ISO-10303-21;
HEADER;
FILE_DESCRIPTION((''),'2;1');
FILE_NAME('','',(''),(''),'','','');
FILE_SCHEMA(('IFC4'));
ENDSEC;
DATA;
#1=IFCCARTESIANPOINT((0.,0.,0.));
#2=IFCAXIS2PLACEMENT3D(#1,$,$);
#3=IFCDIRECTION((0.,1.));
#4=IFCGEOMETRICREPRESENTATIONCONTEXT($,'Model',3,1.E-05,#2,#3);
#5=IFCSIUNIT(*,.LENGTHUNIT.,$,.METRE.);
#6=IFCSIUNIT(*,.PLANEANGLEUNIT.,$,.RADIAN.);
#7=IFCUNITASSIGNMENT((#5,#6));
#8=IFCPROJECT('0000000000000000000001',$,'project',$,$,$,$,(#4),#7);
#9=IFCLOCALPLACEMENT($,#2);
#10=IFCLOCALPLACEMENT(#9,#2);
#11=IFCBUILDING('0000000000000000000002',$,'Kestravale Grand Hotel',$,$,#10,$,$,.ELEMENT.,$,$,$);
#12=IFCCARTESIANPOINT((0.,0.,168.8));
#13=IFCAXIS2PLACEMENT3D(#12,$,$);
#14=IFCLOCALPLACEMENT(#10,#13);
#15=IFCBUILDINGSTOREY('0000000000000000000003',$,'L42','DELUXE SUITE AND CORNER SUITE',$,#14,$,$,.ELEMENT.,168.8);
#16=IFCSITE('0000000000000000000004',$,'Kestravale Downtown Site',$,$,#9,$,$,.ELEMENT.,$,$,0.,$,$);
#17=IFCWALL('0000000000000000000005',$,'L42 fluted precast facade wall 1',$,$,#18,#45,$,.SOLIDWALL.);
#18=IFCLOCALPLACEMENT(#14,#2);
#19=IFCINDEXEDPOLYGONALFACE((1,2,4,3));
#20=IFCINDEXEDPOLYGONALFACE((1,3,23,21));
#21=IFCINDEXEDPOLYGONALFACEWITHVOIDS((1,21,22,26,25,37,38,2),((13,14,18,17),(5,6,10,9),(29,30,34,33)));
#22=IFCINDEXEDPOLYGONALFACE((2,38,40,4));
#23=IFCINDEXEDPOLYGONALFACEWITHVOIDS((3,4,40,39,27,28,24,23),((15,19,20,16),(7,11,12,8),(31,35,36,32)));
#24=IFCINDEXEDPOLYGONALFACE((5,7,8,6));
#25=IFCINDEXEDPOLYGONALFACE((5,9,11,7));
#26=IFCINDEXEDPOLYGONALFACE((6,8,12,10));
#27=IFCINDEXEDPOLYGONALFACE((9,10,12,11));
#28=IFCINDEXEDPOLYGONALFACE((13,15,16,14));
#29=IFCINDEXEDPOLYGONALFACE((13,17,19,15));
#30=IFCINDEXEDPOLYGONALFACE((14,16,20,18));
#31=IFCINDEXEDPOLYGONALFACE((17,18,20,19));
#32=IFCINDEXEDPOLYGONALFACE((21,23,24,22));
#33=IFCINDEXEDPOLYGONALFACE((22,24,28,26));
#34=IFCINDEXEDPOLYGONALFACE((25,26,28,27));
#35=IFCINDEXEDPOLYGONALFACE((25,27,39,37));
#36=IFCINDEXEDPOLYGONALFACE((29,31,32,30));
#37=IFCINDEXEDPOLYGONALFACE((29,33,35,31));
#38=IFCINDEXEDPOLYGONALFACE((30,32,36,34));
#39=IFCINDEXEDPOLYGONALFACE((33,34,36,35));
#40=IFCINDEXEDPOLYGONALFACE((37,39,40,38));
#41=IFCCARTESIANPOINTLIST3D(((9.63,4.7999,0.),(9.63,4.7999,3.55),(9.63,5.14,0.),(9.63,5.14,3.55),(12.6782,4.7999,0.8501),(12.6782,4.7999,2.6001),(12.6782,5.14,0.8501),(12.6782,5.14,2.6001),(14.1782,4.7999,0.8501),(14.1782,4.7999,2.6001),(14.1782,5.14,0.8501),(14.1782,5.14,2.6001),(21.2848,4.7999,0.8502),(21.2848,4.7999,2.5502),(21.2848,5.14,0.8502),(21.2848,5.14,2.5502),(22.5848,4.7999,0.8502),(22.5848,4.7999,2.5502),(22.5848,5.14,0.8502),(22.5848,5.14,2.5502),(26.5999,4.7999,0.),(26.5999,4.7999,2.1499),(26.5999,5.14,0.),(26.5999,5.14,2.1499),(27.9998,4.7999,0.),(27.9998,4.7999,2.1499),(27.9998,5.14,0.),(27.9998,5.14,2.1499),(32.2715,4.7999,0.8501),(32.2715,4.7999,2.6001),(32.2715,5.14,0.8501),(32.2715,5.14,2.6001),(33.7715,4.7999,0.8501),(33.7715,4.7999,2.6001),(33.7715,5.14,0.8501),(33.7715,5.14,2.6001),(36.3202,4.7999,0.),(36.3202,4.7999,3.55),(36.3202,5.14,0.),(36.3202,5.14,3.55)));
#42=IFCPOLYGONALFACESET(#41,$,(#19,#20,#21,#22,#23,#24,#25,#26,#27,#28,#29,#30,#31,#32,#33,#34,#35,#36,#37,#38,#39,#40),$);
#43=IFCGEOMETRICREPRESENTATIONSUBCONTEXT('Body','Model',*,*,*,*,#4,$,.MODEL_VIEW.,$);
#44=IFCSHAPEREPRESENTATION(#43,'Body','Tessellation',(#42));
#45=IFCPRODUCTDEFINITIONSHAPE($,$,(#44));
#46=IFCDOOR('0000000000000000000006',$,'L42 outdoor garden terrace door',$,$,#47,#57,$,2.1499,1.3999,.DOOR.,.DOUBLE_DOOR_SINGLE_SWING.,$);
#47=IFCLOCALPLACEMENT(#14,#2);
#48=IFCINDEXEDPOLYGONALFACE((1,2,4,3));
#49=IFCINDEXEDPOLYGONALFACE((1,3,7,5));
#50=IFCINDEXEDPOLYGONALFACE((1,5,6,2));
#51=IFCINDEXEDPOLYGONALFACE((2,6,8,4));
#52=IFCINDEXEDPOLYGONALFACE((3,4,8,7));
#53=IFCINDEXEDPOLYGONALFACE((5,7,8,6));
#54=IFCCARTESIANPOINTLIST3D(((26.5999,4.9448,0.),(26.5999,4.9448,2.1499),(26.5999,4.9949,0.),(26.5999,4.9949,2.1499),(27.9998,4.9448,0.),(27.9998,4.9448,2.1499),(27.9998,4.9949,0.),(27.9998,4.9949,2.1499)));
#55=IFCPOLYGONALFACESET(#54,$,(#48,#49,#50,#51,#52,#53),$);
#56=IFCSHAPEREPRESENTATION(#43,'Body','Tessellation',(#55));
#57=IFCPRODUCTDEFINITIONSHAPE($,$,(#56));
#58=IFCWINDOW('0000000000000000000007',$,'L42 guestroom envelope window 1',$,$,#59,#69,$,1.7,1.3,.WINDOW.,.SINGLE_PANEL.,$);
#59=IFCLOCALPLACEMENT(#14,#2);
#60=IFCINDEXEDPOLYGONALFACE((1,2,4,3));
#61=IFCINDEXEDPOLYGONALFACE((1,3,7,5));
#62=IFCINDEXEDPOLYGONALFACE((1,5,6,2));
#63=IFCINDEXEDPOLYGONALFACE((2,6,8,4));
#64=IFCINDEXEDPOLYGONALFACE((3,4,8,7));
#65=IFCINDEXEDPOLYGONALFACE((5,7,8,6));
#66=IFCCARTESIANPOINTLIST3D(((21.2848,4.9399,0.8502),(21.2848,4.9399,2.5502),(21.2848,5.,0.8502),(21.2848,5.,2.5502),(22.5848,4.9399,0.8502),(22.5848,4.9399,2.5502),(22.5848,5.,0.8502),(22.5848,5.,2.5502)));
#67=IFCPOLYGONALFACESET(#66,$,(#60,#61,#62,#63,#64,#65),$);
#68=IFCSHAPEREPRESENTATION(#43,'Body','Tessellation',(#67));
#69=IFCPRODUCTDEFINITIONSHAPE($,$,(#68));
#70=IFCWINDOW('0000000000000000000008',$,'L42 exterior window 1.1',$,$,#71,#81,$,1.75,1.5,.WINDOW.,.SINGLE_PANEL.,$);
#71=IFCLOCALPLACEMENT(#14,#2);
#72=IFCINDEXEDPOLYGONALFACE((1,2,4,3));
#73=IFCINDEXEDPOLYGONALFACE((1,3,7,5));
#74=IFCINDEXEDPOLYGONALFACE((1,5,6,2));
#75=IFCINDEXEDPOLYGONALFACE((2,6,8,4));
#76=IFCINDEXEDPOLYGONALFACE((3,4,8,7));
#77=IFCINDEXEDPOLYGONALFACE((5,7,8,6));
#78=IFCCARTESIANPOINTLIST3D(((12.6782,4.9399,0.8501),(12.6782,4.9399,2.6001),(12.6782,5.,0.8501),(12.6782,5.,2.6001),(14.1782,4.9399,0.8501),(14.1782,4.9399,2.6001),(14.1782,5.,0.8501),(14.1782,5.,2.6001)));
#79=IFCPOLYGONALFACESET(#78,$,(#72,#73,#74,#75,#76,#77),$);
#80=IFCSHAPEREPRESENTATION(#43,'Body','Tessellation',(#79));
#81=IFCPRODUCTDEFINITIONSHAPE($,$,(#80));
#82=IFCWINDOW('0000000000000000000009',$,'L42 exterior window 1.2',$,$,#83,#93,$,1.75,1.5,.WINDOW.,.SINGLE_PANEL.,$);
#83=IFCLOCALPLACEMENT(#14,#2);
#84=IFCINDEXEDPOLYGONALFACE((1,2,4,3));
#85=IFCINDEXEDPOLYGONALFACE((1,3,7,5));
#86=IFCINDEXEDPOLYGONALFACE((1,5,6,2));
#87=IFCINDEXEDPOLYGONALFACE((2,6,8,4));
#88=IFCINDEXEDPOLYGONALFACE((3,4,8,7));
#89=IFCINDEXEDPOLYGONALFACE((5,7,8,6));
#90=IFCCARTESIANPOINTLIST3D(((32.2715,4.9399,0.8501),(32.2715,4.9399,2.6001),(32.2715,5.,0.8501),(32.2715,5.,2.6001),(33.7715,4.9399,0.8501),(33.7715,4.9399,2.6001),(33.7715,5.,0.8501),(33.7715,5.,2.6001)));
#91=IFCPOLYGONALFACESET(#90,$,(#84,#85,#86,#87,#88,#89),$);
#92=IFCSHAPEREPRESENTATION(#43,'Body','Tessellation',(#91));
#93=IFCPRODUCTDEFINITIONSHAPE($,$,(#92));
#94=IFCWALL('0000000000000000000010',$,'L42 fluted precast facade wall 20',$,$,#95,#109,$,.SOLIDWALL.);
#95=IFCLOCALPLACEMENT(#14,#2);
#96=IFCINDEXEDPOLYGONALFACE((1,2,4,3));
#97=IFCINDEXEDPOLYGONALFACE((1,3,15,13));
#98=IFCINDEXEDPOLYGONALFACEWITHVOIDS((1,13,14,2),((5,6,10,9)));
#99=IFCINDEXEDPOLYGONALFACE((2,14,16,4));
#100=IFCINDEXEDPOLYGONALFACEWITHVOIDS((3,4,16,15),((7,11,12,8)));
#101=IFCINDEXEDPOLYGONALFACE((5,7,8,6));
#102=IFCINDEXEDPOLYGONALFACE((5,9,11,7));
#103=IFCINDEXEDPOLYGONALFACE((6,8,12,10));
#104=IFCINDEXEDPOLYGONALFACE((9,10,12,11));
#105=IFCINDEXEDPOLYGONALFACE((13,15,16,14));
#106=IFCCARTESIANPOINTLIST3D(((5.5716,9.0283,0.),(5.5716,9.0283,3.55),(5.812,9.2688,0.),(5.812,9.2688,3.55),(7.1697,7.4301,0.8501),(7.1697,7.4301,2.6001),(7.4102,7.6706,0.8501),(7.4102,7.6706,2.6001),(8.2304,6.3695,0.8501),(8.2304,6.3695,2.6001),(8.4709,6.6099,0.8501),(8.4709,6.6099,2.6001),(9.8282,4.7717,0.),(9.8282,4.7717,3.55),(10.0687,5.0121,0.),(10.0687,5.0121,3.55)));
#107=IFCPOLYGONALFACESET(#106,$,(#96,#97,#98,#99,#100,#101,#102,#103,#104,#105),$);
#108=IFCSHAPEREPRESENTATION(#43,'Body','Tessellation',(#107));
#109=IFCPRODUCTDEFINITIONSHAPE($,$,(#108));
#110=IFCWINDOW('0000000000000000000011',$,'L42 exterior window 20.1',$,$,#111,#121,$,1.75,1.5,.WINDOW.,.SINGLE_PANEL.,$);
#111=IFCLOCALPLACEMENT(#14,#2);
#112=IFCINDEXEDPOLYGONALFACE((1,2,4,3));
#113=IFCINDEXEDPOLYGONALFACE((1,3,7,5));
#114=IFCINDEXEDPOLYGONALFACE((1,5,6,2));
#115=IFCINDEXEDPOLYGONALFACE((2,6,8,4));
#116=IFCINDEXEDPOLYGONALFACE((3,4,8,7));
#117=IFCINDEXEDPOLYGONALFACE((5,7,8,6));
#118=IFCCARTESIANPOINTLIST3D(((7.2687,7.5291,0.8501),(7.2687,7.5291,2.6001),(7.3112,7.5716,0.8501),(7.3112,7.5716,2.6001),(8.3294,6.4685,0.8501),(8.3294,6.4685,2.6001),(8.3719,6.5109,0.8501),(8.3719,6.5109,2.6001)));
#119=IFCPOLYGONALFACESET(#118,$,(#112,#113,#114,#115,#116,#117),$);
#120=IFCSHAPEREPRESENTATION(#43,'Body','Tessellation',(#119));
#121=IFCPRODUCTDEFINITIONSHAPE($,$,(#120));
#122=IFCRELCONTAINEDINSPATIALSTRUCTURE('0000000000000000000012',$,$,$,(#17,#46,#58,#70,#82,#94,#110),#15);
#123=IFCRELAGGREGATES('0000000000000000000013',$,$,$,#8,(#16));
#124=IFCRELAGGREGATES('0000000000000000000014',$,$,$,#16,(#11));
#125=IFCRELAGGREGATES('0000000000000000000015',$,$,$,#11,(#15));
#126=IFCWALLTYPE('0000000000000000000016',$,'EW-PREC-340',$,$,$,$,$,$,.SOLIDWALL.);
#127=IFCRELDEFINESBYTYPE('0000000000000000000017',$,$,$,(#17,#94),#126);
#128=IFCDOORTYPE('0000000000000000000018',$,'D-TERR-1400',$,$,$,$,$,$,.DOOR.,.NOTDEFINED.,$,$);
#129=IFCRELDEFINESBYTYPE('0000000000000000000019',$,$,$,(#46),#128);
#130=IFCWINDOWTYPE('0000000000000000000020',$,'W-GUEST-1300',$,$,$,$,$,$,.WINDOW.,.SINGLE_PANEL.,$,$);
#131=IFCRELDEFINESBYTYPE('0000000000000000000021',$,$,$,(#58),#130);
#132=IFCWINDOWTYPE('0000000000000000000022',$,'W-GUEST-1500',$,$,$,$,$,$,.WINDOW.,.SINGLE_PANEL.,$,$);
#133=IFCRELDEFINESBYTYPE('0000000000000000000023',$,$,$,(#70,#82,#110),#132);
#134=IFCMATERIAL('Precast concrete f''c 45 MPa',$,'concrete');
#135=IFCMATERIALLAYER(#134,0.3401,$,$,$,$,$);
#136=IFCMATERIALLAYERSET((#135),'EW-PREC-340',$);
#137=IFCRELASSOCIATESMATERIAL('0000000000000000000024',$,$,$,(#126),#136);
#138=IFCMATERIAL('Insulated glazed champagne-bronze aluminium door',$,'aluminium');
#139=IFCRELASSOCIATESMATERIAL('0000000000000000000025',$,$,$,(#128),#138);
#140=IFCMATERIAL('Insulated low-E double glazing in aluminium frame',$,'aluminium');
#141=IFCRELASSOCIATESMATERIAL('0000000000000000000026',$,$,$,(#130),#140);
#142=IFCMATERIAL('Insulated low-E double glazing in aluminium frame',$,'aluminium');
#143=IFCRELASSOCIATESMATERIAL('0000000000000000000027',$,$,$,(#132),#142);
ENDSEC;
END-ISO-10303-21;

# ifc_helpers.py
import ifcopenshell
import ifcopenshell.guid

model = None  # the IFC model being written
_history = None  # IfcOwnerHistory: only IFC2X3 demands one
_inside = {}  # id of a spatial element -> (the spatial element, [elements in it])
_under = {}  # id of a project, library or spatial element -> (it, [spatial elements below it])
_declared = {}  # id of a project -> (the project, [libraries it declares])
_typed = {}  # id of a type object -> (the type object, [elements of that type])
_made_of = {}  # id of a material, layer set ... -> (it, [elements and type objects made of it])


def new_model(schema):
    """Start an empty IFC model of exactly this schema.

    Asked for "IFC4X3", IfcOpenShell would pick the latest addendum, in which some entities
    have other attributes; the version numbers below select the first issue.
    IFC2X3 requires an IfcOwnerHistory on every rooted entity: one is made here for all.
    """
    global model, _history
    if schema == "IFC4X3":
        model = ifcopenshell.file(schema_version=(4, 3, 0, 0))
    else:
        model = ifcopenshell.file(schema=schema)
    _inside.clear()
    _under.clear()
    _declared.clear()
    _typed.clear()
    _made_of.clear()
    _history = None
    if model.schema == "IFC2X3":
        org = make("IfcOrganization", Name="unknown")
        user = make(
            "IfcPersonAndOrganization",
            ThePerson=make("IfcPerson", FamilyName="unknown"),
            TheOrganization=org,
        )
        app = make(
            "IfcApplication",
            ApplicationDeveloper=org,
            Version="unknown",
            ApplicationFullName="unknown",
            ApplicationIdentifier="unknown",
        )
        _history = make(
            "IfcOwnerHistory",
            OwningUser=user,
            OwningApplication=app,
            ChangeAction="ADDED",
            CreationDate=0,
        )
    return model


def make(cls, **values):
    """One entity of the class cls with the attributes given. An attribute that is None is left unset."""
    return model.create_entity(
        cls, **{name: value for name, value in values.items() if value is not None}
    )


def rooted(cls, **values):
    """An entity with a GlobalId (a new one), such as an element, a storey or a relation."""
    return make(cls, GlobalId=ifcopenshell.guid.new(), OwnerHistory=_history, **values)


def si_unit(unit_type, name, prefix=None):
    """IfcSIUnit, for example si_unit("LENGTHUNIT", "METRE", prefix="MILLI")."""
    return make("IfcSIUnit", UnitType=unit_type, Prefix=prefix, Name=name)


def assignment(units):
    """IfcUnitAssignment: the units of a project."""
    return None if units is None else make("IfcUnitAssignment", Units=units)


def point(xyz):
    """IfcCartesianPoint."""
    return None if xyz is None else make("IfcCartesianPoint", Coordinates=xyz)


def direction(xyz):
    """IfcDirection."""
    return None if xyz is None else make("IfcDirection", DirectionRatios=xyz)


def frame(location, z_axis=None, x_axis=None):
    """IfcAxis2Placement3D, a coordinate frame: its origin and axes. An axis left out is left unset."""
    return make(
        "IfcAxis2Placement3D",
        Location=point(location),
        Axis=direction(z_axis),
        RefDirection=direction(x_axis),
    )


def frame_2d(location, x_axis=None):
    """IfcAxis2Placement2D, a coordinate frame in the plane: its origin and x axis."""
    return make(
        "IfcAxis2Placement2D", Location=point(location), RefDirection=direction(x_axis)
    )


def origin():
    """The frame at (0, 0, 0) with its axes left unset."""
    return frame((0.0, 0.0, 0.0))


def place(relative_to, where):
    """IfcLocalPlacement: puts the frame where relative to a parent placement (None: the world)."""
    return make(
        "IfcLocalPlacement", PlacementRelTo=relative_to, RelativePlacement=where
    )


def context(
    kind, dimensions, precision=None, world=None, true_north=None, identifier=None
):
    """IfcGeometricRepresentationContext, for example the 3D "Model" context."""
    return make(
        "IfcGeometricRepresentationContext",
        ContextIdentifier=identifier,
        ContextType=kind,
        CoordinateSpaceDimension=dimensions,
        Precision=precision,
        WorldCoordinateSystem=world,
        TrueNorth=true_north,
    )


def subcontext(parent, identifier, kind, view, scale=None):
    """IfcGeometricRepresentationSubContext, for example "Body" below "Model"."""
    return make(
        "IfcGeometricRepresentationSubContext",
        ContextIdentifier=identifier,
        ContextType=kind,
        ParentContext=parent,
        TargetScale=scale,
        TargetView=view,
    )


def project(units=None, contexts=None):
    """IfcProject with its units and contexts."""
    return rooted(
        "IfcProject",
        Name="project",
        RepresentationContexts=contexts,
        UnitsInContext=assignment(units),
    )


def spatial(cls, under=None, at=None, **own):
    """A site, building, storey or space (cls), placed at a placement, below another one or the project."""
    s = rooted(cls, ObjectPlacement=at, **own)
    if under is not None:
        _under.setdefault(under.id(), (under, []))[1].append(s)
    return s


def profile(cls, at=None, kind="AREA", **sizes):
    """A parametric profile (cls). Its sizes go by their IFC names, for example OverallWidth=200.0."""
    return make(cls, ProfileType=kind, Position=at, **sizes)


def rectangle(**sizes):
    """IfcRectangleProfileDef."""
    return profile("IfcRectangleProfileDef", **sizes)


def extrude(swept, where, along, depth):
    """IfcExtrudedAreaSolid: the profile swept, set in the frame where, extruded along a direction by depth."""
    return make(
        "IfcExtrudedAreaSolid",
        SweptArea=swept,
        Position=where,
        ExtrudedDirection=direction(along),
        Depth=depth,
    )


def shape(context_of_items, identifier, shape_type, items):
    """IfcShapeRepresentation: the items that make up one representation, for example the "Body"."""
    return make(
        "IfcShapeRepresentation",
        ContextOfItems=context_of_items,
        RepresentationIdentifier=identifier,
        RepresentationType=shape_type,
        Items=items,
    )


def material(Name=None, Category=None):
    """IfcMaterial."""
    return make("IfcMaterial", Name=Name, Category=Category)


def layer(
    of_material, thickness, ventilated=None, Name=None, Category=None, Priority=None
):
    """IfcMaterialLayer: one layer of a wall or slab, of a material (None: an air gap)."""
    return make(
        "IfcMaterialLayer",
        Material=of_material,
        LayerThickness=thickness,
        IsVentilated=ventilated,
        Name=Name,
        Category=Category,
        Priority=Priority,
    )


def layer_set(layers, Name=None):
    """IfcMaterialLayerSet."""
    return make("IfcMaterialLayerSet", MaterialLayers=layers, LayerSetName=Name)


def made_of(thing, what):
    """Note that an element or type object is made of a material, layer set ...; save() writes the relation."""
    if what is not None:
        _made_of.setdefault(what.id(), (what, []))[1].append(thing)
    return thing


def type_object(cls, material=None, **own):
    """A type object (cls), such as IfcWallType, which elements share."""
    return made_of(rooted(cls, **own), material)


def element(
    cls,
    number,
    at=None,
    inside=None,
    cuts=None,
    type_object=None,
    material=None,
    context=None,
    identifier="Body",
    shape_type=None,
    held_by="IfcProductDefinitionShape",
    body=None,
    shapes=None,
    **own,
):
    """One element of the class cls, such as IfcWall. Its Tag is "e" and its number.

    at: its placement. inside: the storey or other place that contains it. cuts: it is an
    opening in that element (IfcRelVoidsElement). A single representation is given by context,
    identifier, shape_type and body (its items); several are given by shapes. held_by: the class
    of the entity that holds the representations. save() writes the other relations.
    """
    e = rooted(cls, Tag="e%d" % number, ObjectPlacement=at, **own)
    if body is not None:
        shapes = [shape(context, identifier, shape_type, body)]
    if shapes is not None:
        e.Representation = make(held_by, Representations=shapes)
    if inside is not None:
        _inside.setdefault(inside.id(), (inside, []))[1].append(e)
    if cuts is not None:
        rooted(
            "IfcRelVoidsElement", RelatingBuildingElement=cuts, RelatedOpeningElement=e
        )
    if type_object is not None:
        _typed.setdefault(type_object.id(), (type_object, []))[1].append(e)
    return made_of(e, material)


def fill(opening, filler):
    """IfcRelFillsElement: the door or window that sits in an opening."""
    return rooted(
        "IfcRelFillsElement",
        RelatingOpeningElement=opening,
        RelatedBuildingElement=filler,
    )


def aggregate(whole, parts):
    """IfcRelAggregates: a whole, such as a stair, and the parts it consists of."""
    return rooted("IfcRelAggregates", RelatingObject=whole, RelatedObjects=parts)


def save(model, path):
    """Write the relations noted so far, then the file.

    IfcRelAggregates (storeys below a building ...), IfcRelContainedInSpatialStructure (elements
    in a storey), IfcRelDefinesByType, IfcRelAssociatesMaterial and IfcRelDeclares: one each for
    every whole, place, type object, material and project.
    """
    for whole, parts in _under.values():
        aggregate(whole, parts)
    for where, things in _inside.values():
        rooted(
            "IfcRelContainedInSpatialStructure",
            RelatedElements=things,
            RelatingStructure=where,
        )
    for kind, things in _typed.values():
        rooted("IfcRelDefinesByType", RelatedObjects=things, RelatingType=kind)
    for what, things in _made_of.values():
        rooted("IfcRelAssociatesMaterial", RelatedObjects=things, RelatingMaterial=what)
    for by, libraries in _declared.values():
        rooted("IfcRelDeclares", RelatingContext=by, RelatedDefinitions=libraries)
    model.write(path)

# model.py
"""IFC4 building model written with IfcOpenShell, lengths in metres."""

from ifc_helpers import new_model, si_unit, direction, frame, frame_2d, origin, place, context, subcontext, project, spatial, rectangle, extrude, material, layer, layer_set, type_object, element, fill, save


model = new_model("IFC4")

# Units and contexts
model_context = context("Model", 3, precision=1e-05, world=origin(), true_north=direction((0.0, 1.0)))
body_context = subcontext(model_context, "Body", "Model", "MODEL_VIEW")
ifc_project = project(units=[si_unit("LENGTHUNIT", "METRE"), si_unit("PLANEANGLEUNIT", "RADIAN")], contexts=[model_context])

# Site, building, storey
site_placement = place(None, origin())
site = spatial("IfcSite", under=ifc_project, at=site_placement, Name="Kestravale Downtown Site", CompositionType="ELEMENT", RefElevation=0.0)
building_placement = place(site_placement, origin())
building = spatial("IfcBuilding", under=site, at=building_placement, Name="Kestravale Grand Hotel", CompositionType="ELEMENT")
storey_placement = place(building_placement, frame((0.0, 0.0, 168.8)))
storey = spatial("IfcBuildingStorey", under=building, at=storey_placement, Name="L42", Description="DELUXE SUITE AND CORNER SUITE", CompositionType="ELEMENT", Elevation=168.8)

# Wall, openings, door, windows
ifc_material_1 = material(Name="Precast concrete f'c 45 MPa", Category="concrete")
ifc_layer_1 = layer(ifc_material_1, 0.3401)
ifc_layer_set_1 = layer_set([ifc_layer_1], Name="EW-PREC-340")
wall_type_1 = type_object("IfcWallType", Name="EW-PREC-340", PredefinedType="SOLIDWALL", material=ifc_layer_set_1)
wall_1_placement = place(storey_placement, frame((9.6299, 4.97, 0.0), z_axis=(0.0, 0.0, 1.0), x_axis=(1.0, 0.0, 0.0)))
wall_1 = element("IfcWall", 1, at=wall_1_placement, inside=storey, type_object=wall_type_1, Name="L42 fluted precast facade wall 1", PredefinedType="SOLIDWALL", context=body_context, shape_type="SweptSolid", body=[
    extrude(rectangle(XDim=26.6902, YDim=0.3401, at=frame_2d((13.3452, 0.0))), origin(), (0.0, 0.0, 1.0), 3.55),
])
opening_1_placement = place(wall_1_placement, frame((16.97, 0.0, 0.0)))
opening_1 = element("IfcOpeningElement", 2, at=opening_1_placement, cuts=wall_1, PredefinedType="OPENING", context=body_context, shape_type="SweptSolid", body=[
    extrude(rectangle(XDim=1.3999, YDim=2.1499, at=frame_2d((0.7, 1.075))), frame((0.0, 0.1799, 0.0), z_axis=(0.0, -1.0, 0.0), x_axis=(1.0, 0.0, 0.0)), (0.0, 0.0, 1.0), 0.3601),
])
opening_2_placement = place(wall_1_placement, frame((3.0483, 0.0, 0.8501)))
opening_2 = element("IfcOpeningElement", 3, at=opening_2_placement, cuts=wall_1, PredefinedType="OPENING", context=body_context, shape_type="SweptSolid", body=[
    extrude(rectangle(XDim=1.5, YDim=1.75, at=frame_2d((0.75, 0.875))), frame((0.0, 0.1799, 0.0), z_axis=(0.0, -1.0, 0.0), x_axis=(1.0, 0.0, 0.0)), (0.0, 0.0, 1.0), 0.3601),
])
opening_3_placement = place(wall_1_placement, frame((22.6416, 0.0, 0.8501)))
opening_3 = element("IfcOpeningElement", 4, at=opening_3_placement, cuts=wall_1, PredefinedType="OPENING", context=body_context, shape_type="SweptSolid", body=[
    extrude(rectangle(XDim=1.5, YDim=1.75, at=frame_2d((0.75, 0.875))), frame((0.0, 0.1799, 0.0), z_axis=(0.0, -1.0, 0.0), x_axis=(1.0, 0.0, 0.0)), (0.0, 0.0, 1.0), 0.3601),
])
opening_4_placement = place(wall_1_placement, frame((11.655, 0.0, 0.8501)))
opening_4 = element("IfcOpeningElement", 5, at=opening_4_placement, cuts=wall_1, PredefinedType="OPENING", context=body_context, shape_type="SweptSolid", body=[
    extrude(rectangle(XDim=1.3, YDim=1.7, at=frame_2d((0.6499, 0.8501))), frame((0.0, 0.1799, 0.0), z_axis=(0.0, -1.0, 0.0), x_axis=(1.0, 0.0, 0.0)), (0.0, 0.0, 1.0), 0.3601),
])
ifc_material_2 = material(Name="Insulated glazed champagne-bronze aluminium door", Category="aluminium")
door_type_1 = type_object("IfcDoorType", Name="D-TERR-1400", OperationType="NOTDEFINED", PredefinedType="DOOR", material=ifc_material_2)
door_1_placement = place(opening_1_placement, origin())
door_1 = element("IfcDoor", 6, at=door_1_placement, inside=storey, type_object=door_type_1, Name="L42 outdoor garden terrace door", OperationType="DOUBLE_DOOR_SINGLE_SWING", OverallHeight=2.1499, OverallWidth=1.3999, PredefinedType="DOOR", context=body_context, shape_type="SweptSolid", body=[
    extrude(rectangle(XDim=1.3999, YDim=2.1499, at=frame_2d((0.7, 1.075))), frame((0.0, 0.0249, 0.0), z_axis=(0.0, -1.0, 0.0), x_axis=(1.0, 0.0, 0.0)), (0.0, 0.0, 1.0), 0.05),
])
fill(opening_1, door_1)
ifc_material_3 = material(Name="Insulated low-E double glazing in aluminium frame", Category="aluminium")
window_type_1 = type_object("IfcWindowType", Name="W-GUEST-1300", PartitioningType="SINGLE_PANEL", PredefinedType="WINDOW", material=ifc_material_3)
window_1_placement = place(opening_4_placement, origin())
window_1 = element("IfcWindow", 7, at=window_1_placement, inside=storey, type_object=window_type_1, Name="L42 guestroom envelope window 1", OverallHeight=1.7, OverallWidth=1.3, PartitioningType="SINGLE_PANEL", PredefinedType="WINDOW", context=body_context, shape_type="SweptSolid", body=[
    extrude(rectangle(XDim=1.3, YDim=1.7, at=frame_2d((0.6499, 0.8501))), frame((0.0, 0.03, 0.0), z_axis=(0.0, -1.0, 0.0), x_axis=(1.0, 0.0, 0.0)), (0.0, 0.0, 1.0), 0.0601),
])
fill(opening_4, window_1)
ifc_material_4 = material(Name="Insulated low-E double glazing in aluminium frame", Category="aluminium")
window_type_2 = type_object("IfcWindowType", Name="W-GUEST-1500", PartitioningType="SINGLE_PANEL", PredefinedType="WINDOW", material=ifc_material_4)
window_2_placement = place(opening_2_placement, origin())
window_2 = element("IfcWindow", 8, at=window_2_placement, inside=storey, type_object=window_type_2, Name="L42 exterior window 1.1", OverallHeight=1.75, OverallWidth=1.5, PartitioningType="SINGLE_PANEL", PredefinedType="WINDOW", context=body_context, shape_type="SweptSolid", body=[
    extrude(rectangle(XDim=1.5, YDim=1.75, at=frame_2d((0.75, 0.875))), frame((0.0, 0.03, 0.0), z_axis=(0.0, -1.0, 0.0), x_axis=(1.0, 0.0, 0.0)), (0.0, 0.0, 1.0), 0.0601),
])
fill(opening_2, window_2)
window_3_placement = place(opening_3_placement, origin())
window_3 = element("IfcWindow", 9, at=window_3_placement, inside=storey, type_object=window_type_2, Name="L42 exterior window 1.2", OverallHeight=1.75, OverallWidth=1.5, PartitioningType="SINGLE_PANEL", PredefinedType="WINDOW", context=body_context, shape_type="SweptSolid", body=[
    extrude(rectangle(XDim=1.5, YDim=1.75, at=frame_2d((0.75, 0.875))), frame((0.0, 0.03, 0.0), z_axis=(0.0, -1.0, 0.0), x_axis=(1.0, 0.0, 0.0)), (0.0, 0.0, 1.0), 0.0601),
])
fill(opening_3, window_3)

# Wall, opening, window
wall_2_placement = place(storey_placement, frame((5.6919, 9.1484, 0.0), z_axis=(0.0, 0.0, 1.0), x_axis=(0.707107, -0.707107, 0.0)))
wall_2 = element("IfcWall", 10, at=wall_2_placement, inside=storey, type_object=wall_type_1, Name="L42 fluted precast facade wall 20", PredefinedType="SOLIDWALL", context=body_context, shape_type="SweptSolid", body=[
    extrude(rectangle(XDim=6.0198, YDim=0.3401, at=frame_2d((3.0098, 0.0))), origin(), (0.0, 0.0, 1.0), 3.55),
])
opening_5_placement = place(wall_2_placement, frame((2.26, 0.0, 0.8501)))
opening_5 = element("IfcOpeningElement", 11, at=opening_5_placement, cuts=wall_2, PredefinedType="OPENING", context=body_context, shape_type="SweptSolid", body=[
    extrude(rectangle(XDim=1.5, YDim=1.75, at=frame_2d((0.75, 0.875))), frame((0.0, 0.1799, 0.0), z_axis=(0.0, -1.0, 0.0), x_axis=(1.0, 0.0, 0.0)), (0.0, 0.0, 1.0), 0.3601),
])
window_4_placement = place(opening_5_placement, origin())
window_4 = element("IfcWindow", 12, at=window_4_placement, inside=storey, type_object=window_type_2, Name="L42 exterior window 20.1", OverallHeight=1.75, OverallWidth=1.5, PartitioningType="SINGLE_PANEL", PredefinedType="WINDOW", context=body_context, shape_type="SweptSolid", body=[
    extrude(rectangle(XDim=1.5, YDim=1.75, at=frame_2d((0.75, 0.875))), frame((0.0, 0.03, 0.0), z_axis=(0.0, -1.0, 0.0), x_axis=(1.0, 0.0, 0.0)), (0.0, 0.0, 1.0), 0.0601),
])
fill(opening_5, window_4)

save(model, "model.ifc")
